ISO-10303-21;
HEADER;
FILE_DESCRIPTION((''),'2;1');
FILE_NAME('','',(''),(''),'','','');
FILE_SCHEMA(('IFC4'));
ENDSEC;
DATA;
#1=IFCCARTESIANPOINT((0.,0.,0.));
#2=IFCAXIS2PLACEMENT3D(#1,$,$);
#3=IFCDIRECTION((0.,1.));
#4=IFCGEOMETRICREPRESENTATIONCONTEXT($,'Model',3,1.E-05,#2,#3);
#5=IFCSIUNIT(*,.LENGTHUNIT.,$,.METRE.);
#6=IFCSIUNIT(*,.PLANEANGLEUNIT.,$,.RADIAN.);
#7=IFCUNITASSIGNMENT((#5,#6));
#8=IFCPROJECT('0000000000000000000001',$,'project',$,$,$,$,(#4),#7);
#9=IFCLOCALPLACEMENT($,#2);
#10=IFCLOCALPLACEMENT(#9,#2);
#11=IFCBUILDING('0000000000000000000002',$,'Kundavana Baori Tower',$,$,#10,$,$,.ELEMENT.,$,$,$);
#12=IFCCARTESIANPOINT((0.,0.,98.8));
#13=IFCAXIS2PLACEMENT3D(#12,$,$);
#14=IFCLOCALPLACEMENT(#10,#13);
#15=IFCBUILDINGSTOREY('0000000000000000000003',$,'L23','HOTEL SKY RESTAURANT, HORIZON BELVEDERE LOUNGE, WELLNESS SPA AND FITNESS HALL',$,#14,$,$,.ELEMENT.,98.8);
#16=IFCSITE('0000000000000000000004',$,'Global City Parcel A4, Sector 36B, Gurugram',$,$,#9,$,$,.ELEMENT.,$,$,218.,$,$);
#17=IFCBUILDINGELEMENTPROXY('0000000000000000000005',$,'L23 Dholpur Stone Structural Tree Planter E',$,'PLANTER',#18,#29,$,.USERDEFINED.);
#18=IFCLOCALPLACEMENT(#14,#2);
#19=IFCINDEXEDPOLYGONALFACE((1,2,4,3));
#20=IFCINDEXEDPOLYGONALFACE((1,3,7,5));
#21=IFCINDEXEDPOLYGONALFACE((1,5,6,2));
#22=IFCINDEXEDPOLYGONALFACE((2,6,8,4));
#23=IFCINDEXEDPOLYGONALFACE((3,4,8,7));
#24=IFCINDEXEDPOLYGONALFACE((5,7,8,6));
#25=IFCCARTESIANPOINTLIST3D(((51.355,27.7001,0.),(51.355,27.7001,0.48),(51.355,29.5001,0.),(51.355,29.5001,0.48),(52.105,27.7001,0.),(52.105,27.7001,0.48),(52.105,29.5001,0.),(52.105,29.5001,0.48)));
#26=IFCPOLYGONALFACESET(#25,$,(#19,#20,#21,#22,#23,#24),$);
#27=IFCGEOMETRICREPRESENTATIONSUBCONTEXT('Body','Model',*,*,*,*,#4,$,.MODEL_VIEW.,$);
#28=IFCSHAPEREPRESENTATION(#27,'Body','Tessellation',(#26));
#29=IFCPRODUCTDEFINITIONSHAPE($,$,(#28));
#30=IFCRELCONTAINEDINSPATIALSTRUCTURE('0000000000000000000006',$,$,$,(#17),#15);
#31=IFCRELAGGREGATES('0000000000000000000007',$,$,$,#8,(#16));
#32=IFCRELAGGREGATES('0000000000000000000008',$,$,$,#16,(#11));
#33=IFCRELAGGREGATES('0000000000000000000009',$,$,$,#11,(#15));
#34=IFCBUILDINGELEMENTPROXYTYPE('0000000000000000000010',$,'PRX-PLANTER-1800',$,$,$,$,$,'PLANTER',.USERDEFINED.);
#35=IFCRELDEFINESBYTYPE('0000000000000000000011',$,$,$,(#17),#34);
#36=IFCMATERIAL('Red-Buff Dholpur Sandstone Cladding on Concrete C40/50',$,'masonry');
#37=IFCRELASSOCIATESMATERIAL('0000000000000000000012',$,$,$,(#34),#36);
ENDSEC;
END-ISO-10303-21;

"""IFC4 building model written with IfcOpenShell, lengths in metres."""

from ifc_helpers import new_model, si_unit, direction, frame, origin, origin_2d, place, context, subcontext, project, spatial, rectangle, extrude, material, type_object, element, save


model = new_model("IFC4")

# Units and contexts
model_context = context("Model", 3, precision=1e-05, world=origin(), true_north=direction((0.0, 1.0)))
body_context = subcontext(model_context, "Body", "Model", "MODEL_VIEW")
ifc_project = project(units=[si_unit("LENGTHUNIT", "METRE"), si_unit("PLANEANGLEUNIT", "RADIAN")], contexts=[model_context])

# Site, building, storey
site_placement = place(None, origin())
site = spatial("IfcSite", under=ifc_project, at=site_placement, Name="Global City Parcel A4, Sector 36B, Gurugram", CompositionType="ELEMENT", RefElevation=218.0)
building_placement = place(site_placement, origin())
building = spatial("IfcBuilding", under=site, at=building_placement, Name="Kundavana Baori Tower", CompositionType="ELEMENT")
storey_placement = place(building_placement, frame((0.0, 0.0, 98.8)))
storey = spatial("IfcBuildingStorey", under=building, at=storey_placement, Name="L23", Description="HOTEL SKY RESTAURANT, HORIZON BELVEDERE LOUNGE, WELLNESS SPA AND FITNESS HALL", CompositionType="ELEMENT", Elevation=98.8)

# Building element proxy
ifc_material_1 = material(Name="Red-Buff Dholpur Sandstone Cladding on Concrete C40/50", Category="masonry")
building_element_proxy_type = type_object("IfcBuildingElementProxyType", Name="PRX-PLANTER-1800", ElementType="PLANTER", PredefinedType="USERDEFINED", material=ifc_material_1)
proxy_placement = place(storey_placement, frame((51.73, 28.6001, 0.0), z_axis=(0.0, 0.0, 1.0), x_axis=(0.0, 1.0, 0.0)))
element("IfcBuildingElementProxy", 1, at=proxy_placement, inside=storey, type_object=building_element_proxy_type, Name="L23 Dholpur Stone Structural Tree Planter E", ObjectType="PLANTER", PredefinedType="USERDEFINED", context=body_context, shape_type="SweptSolid", body=[
    extrude(rectangle(XDim=1.8, YDim=0.75, at=origin_2d()), origin(), (0.0, 0.0, 1.0), 0.48),
])

save(model, "model.ifc")
